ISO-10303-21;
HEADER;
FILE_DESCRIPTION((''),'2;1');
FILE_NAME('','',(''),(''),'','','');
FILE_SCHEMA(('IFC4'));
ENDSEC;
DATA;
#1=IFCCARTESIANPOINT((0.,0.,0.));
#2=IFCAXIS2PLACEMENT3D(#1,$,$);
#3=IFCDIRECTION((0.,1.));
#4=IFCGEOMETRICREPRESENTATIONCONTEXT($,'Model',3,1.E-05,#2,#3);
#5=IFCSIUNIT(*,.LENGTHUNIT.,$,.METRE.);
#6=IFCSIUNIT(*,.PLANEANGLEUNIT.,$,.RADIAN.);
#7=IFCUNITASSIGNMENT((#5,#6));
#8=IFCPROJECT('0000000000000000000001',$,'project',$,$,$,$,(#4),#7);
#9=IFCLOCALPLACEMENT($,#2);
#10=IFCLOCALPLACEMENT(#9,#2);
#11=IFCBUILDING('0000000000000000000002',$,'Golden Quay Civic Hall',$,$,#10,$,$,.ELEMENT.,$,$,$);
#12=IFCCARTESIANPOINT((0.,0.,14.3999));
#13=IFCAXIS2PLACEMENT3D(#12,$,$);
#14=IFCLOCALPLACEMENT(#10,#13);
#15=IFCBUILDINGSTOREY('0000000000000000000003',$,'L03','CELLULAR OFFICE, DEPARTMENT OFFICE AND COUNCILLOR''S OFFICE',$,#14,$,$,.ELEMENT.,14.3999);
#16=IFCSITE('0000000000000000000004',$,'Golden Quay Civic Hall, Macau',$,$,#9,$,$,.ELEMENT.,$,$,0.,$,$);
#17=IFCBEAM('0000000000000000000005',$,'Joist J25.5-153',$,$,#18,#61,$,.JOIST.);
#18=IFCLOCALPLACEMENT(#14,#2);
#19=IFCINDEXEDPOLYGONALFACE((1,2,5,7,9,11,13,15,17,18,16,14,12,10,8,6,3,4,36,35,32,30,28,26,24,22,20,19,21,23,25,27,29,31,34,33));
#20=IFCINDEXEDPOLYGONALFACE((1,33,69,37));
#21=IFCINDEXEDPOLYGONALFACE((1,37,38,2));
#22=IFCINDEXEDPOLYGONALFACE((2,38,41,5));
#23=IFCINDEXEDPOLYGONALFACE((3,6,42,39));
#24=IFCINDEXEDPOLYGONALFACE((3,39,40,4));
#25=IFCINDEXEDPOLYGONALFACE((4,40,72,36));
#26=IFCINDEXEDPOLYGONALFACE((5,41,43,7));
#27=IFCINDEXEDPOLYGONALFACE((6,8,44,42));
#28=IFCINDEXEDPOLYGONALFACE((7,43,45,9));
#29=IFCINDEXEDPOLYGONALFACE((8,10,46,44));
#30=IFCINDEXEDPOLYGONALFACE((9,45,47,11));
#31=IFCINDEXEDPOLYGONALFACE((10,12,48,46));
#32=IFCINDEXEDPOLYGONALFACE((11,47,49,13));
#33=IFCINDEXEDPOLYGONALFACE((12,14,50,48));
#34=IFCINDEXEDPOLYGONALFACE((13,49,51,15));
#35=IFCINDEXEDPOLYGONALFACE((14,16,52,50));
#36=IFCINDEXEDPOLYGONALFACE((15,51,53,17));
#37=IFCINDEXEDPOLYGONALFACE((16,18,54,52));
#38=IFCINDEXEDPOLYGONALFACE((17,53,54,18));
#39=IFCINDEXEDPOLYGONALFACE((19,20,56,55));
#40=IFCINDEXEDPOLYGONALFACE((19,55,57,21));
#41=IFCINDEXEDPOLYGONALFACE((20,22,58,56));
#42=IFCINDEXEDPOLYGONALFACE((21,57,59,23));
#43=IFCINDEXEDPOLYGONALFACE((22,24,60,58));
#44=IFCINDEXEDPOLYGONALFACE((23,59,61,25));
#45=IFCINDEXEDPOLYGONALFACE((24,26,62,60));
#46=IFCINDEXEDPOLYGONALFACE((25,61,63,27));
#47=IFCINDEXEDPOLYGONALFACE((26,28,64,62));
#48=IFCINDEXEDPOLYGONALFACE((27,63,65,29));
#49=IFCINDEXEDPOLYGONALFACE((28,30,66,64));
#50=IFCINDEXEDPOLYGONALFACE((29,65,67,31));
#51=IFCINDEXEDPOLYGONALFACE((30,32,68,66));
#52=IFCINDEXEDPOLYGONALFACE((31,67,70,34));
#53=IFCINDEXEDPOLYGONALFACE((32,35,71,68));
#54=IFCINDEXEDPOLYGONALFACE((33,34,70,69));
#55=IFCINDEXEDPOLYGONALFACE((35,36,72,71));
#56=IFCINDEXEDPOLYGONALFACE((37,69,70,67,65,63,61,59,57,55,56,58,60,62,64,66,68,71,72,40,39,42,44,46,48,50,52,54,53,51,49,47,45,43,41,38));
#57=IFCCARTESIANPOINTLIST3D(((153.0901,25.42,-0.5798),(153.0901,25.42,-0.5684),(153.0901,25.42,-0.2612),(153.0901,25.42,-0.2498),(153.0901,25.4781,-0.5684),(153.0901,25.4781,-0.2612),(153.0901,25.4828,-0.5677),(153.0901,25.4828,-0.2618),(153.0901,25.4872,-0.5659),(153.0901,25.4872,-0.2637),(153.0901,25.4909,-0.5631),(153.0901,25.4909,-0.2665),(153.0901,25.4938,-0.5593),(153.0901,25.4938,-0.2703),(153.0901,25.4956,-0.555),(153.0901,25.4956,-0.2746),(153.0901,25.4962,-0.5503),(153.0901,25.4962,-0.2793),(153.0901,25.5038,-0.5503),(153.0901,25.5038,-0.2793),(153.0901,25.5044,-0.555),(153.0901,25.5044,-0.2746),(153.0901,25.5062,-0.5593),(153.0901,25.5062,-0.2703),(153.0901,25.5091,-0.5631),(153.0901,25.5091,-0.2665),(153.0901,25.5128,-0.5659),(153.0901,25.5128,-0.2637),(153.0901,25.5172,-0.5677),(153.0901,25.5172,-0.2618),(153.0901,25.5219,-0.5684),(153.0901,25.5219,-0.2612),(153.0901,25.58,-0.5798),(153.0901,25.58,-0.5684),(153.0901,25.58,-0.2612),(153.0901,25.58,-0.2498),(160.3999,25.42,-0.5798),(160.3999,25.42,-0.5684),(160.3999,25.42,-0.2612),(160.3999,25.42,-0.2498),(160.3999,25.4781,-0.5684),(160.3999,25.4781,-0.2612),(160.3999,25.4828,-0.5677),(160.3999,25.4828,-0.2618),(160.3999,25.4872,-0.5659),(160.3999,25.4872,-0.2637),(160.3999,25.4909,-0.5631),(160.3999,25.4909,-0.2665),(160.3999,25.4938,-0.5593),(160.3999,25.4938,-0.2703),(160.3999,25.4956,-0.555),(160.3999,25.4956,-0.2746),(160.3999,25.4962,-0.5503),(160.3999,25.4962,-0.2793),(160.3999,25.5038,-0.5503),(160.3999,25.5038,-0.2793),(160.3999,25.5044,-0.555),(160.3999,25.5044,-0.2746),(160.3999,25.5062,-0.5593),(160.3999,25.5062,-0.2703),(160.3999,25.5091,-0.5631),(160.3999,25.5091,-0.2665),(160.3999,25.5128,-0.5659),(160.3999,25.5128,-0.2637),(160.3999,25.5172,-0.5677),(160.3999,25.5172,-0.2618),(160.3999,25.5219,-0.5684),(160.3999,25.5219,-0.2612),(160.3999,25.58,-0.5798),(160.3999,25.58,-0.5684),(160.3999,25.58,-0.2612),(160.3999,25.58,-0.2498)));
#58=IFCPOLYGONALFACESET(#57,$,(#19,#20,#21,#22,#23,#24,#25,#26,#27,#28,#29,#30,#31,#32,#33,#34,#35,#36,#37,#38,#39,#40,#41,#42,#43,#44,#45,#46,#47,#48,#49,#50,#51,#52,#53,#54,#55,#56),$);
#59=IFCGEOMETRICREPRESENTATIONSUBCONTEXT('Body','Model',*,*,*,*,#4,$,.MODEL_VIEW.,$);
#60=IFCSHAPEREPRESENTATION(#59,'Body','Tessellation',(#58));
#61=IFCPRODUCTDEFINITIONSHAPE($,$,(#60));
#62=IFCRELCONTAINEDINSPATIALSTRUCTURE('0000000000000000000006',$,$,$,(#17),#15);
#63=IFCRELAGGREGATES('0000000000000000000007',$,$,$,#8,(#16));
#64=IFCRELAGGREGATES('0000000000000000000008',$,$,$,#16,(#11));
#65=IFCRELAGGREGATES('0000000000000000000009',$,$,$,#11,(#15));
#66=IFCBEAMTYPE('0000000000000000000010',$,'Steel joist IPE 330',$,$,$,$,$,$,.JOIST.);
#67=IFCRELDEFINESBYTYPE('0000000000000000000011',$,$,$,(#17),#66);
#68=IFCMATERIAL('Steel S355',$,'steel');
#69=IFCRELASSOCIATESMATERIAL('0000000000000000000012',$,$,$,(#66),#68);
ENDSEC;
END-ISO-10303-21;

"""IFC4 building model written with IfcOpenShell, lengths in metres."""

from ifc_helpers import new_model, si_unit, direction, frame, origin, origin_2d, place, context, subcontext, project, spatial, i_section, extrude, material, material_profile, profile_set, type_object, element, save


model = new_model("IFC4")

# Units and contexts
model_context = context("Model", 3, precision=1e-05, world=origin(), true_north=direction((0.0, 1.0)))
body_context = subcontext(model_context, "Body", "Model", "MODEL_VIEW")
ifc_project = project(units=[si_unit("LENGTHUNIT", "METRE"), si_unit("PLANEANGLEUNIT", "RADIAN")], contexts=[model_context])

# Site, building, storey
site_placement = place(None, origin())
site = spatial("IfcSite", under=ifc_project, at=site_placement, Name="Golden Quay Civic Hall, Macau", CompositionType="ELEMENT", RefElevation=0.0)
building_placement = place(site_placement, origin())
building = spatial("IfcBuilding", under=site, at=building_placement, Name="Golden Quay Civic Hall", CompositionType="ELEMENT")
storey_placement = place(building_placement, frame((0.0, 0.0, 14.3999)))
storey = spatial("IfcBuildingStorey", under=building, at=storey_placement, Name="L03", Description="CELLULAR OFFICE, DEPARTMENT OFFICE AND COUNCILLOR'S OFFICE", CompositionType="ELEMENT", Elevation=14.3999)

# Beam
ifc_material_1 = material(Name="Steel S355", Category="steel")
ifc_material_profile_1 = material_profile(ifc_material_1, i_section(OverallWidth=0.1599, OverallDepth=0.3301, WebThickness=0.0076, FlangeThickness=0.0115, FilletRadius=0.0181, at=origin_2d()), Name="IPE 330")
ifc_profile_set_1 = profile_set([ifc_material_profile_1], Name="Steel S355")
beam_type_1 = type_object("IfcBeamType", Name="Steel joist IPE 330", PredefinedType="JOIST", material=ifc_profile_set_1)
for number, where, z_axis, x_axis, name in (
    (1, (153.0901, 25.5, -0.4148), (1.0, 0.0, 0.0), (0.0, 1.0, 0.0), "Joist J25.5-153"),
):
    element("IfcBeam", number, at=place(storey_placement, frame(where, z_axis=z_axis, x_axis=x_axis)), inside=storey, type_object=beam_type_1, Name=name, PredefinedType="JOIST", context=body_context, shape_type="SweptSolid", body=[
        extrude(i_section(OverallWidth=0.1599, OverallDepth=0.3301, WebThickness=0.0076, FlangeThickness=0.0115, FilletRadius=0.0181, at=origin_2d()), origin(), (0.0, 0.0, 1.0), 7.3098),
    ])

save(model, "model.ifc")
